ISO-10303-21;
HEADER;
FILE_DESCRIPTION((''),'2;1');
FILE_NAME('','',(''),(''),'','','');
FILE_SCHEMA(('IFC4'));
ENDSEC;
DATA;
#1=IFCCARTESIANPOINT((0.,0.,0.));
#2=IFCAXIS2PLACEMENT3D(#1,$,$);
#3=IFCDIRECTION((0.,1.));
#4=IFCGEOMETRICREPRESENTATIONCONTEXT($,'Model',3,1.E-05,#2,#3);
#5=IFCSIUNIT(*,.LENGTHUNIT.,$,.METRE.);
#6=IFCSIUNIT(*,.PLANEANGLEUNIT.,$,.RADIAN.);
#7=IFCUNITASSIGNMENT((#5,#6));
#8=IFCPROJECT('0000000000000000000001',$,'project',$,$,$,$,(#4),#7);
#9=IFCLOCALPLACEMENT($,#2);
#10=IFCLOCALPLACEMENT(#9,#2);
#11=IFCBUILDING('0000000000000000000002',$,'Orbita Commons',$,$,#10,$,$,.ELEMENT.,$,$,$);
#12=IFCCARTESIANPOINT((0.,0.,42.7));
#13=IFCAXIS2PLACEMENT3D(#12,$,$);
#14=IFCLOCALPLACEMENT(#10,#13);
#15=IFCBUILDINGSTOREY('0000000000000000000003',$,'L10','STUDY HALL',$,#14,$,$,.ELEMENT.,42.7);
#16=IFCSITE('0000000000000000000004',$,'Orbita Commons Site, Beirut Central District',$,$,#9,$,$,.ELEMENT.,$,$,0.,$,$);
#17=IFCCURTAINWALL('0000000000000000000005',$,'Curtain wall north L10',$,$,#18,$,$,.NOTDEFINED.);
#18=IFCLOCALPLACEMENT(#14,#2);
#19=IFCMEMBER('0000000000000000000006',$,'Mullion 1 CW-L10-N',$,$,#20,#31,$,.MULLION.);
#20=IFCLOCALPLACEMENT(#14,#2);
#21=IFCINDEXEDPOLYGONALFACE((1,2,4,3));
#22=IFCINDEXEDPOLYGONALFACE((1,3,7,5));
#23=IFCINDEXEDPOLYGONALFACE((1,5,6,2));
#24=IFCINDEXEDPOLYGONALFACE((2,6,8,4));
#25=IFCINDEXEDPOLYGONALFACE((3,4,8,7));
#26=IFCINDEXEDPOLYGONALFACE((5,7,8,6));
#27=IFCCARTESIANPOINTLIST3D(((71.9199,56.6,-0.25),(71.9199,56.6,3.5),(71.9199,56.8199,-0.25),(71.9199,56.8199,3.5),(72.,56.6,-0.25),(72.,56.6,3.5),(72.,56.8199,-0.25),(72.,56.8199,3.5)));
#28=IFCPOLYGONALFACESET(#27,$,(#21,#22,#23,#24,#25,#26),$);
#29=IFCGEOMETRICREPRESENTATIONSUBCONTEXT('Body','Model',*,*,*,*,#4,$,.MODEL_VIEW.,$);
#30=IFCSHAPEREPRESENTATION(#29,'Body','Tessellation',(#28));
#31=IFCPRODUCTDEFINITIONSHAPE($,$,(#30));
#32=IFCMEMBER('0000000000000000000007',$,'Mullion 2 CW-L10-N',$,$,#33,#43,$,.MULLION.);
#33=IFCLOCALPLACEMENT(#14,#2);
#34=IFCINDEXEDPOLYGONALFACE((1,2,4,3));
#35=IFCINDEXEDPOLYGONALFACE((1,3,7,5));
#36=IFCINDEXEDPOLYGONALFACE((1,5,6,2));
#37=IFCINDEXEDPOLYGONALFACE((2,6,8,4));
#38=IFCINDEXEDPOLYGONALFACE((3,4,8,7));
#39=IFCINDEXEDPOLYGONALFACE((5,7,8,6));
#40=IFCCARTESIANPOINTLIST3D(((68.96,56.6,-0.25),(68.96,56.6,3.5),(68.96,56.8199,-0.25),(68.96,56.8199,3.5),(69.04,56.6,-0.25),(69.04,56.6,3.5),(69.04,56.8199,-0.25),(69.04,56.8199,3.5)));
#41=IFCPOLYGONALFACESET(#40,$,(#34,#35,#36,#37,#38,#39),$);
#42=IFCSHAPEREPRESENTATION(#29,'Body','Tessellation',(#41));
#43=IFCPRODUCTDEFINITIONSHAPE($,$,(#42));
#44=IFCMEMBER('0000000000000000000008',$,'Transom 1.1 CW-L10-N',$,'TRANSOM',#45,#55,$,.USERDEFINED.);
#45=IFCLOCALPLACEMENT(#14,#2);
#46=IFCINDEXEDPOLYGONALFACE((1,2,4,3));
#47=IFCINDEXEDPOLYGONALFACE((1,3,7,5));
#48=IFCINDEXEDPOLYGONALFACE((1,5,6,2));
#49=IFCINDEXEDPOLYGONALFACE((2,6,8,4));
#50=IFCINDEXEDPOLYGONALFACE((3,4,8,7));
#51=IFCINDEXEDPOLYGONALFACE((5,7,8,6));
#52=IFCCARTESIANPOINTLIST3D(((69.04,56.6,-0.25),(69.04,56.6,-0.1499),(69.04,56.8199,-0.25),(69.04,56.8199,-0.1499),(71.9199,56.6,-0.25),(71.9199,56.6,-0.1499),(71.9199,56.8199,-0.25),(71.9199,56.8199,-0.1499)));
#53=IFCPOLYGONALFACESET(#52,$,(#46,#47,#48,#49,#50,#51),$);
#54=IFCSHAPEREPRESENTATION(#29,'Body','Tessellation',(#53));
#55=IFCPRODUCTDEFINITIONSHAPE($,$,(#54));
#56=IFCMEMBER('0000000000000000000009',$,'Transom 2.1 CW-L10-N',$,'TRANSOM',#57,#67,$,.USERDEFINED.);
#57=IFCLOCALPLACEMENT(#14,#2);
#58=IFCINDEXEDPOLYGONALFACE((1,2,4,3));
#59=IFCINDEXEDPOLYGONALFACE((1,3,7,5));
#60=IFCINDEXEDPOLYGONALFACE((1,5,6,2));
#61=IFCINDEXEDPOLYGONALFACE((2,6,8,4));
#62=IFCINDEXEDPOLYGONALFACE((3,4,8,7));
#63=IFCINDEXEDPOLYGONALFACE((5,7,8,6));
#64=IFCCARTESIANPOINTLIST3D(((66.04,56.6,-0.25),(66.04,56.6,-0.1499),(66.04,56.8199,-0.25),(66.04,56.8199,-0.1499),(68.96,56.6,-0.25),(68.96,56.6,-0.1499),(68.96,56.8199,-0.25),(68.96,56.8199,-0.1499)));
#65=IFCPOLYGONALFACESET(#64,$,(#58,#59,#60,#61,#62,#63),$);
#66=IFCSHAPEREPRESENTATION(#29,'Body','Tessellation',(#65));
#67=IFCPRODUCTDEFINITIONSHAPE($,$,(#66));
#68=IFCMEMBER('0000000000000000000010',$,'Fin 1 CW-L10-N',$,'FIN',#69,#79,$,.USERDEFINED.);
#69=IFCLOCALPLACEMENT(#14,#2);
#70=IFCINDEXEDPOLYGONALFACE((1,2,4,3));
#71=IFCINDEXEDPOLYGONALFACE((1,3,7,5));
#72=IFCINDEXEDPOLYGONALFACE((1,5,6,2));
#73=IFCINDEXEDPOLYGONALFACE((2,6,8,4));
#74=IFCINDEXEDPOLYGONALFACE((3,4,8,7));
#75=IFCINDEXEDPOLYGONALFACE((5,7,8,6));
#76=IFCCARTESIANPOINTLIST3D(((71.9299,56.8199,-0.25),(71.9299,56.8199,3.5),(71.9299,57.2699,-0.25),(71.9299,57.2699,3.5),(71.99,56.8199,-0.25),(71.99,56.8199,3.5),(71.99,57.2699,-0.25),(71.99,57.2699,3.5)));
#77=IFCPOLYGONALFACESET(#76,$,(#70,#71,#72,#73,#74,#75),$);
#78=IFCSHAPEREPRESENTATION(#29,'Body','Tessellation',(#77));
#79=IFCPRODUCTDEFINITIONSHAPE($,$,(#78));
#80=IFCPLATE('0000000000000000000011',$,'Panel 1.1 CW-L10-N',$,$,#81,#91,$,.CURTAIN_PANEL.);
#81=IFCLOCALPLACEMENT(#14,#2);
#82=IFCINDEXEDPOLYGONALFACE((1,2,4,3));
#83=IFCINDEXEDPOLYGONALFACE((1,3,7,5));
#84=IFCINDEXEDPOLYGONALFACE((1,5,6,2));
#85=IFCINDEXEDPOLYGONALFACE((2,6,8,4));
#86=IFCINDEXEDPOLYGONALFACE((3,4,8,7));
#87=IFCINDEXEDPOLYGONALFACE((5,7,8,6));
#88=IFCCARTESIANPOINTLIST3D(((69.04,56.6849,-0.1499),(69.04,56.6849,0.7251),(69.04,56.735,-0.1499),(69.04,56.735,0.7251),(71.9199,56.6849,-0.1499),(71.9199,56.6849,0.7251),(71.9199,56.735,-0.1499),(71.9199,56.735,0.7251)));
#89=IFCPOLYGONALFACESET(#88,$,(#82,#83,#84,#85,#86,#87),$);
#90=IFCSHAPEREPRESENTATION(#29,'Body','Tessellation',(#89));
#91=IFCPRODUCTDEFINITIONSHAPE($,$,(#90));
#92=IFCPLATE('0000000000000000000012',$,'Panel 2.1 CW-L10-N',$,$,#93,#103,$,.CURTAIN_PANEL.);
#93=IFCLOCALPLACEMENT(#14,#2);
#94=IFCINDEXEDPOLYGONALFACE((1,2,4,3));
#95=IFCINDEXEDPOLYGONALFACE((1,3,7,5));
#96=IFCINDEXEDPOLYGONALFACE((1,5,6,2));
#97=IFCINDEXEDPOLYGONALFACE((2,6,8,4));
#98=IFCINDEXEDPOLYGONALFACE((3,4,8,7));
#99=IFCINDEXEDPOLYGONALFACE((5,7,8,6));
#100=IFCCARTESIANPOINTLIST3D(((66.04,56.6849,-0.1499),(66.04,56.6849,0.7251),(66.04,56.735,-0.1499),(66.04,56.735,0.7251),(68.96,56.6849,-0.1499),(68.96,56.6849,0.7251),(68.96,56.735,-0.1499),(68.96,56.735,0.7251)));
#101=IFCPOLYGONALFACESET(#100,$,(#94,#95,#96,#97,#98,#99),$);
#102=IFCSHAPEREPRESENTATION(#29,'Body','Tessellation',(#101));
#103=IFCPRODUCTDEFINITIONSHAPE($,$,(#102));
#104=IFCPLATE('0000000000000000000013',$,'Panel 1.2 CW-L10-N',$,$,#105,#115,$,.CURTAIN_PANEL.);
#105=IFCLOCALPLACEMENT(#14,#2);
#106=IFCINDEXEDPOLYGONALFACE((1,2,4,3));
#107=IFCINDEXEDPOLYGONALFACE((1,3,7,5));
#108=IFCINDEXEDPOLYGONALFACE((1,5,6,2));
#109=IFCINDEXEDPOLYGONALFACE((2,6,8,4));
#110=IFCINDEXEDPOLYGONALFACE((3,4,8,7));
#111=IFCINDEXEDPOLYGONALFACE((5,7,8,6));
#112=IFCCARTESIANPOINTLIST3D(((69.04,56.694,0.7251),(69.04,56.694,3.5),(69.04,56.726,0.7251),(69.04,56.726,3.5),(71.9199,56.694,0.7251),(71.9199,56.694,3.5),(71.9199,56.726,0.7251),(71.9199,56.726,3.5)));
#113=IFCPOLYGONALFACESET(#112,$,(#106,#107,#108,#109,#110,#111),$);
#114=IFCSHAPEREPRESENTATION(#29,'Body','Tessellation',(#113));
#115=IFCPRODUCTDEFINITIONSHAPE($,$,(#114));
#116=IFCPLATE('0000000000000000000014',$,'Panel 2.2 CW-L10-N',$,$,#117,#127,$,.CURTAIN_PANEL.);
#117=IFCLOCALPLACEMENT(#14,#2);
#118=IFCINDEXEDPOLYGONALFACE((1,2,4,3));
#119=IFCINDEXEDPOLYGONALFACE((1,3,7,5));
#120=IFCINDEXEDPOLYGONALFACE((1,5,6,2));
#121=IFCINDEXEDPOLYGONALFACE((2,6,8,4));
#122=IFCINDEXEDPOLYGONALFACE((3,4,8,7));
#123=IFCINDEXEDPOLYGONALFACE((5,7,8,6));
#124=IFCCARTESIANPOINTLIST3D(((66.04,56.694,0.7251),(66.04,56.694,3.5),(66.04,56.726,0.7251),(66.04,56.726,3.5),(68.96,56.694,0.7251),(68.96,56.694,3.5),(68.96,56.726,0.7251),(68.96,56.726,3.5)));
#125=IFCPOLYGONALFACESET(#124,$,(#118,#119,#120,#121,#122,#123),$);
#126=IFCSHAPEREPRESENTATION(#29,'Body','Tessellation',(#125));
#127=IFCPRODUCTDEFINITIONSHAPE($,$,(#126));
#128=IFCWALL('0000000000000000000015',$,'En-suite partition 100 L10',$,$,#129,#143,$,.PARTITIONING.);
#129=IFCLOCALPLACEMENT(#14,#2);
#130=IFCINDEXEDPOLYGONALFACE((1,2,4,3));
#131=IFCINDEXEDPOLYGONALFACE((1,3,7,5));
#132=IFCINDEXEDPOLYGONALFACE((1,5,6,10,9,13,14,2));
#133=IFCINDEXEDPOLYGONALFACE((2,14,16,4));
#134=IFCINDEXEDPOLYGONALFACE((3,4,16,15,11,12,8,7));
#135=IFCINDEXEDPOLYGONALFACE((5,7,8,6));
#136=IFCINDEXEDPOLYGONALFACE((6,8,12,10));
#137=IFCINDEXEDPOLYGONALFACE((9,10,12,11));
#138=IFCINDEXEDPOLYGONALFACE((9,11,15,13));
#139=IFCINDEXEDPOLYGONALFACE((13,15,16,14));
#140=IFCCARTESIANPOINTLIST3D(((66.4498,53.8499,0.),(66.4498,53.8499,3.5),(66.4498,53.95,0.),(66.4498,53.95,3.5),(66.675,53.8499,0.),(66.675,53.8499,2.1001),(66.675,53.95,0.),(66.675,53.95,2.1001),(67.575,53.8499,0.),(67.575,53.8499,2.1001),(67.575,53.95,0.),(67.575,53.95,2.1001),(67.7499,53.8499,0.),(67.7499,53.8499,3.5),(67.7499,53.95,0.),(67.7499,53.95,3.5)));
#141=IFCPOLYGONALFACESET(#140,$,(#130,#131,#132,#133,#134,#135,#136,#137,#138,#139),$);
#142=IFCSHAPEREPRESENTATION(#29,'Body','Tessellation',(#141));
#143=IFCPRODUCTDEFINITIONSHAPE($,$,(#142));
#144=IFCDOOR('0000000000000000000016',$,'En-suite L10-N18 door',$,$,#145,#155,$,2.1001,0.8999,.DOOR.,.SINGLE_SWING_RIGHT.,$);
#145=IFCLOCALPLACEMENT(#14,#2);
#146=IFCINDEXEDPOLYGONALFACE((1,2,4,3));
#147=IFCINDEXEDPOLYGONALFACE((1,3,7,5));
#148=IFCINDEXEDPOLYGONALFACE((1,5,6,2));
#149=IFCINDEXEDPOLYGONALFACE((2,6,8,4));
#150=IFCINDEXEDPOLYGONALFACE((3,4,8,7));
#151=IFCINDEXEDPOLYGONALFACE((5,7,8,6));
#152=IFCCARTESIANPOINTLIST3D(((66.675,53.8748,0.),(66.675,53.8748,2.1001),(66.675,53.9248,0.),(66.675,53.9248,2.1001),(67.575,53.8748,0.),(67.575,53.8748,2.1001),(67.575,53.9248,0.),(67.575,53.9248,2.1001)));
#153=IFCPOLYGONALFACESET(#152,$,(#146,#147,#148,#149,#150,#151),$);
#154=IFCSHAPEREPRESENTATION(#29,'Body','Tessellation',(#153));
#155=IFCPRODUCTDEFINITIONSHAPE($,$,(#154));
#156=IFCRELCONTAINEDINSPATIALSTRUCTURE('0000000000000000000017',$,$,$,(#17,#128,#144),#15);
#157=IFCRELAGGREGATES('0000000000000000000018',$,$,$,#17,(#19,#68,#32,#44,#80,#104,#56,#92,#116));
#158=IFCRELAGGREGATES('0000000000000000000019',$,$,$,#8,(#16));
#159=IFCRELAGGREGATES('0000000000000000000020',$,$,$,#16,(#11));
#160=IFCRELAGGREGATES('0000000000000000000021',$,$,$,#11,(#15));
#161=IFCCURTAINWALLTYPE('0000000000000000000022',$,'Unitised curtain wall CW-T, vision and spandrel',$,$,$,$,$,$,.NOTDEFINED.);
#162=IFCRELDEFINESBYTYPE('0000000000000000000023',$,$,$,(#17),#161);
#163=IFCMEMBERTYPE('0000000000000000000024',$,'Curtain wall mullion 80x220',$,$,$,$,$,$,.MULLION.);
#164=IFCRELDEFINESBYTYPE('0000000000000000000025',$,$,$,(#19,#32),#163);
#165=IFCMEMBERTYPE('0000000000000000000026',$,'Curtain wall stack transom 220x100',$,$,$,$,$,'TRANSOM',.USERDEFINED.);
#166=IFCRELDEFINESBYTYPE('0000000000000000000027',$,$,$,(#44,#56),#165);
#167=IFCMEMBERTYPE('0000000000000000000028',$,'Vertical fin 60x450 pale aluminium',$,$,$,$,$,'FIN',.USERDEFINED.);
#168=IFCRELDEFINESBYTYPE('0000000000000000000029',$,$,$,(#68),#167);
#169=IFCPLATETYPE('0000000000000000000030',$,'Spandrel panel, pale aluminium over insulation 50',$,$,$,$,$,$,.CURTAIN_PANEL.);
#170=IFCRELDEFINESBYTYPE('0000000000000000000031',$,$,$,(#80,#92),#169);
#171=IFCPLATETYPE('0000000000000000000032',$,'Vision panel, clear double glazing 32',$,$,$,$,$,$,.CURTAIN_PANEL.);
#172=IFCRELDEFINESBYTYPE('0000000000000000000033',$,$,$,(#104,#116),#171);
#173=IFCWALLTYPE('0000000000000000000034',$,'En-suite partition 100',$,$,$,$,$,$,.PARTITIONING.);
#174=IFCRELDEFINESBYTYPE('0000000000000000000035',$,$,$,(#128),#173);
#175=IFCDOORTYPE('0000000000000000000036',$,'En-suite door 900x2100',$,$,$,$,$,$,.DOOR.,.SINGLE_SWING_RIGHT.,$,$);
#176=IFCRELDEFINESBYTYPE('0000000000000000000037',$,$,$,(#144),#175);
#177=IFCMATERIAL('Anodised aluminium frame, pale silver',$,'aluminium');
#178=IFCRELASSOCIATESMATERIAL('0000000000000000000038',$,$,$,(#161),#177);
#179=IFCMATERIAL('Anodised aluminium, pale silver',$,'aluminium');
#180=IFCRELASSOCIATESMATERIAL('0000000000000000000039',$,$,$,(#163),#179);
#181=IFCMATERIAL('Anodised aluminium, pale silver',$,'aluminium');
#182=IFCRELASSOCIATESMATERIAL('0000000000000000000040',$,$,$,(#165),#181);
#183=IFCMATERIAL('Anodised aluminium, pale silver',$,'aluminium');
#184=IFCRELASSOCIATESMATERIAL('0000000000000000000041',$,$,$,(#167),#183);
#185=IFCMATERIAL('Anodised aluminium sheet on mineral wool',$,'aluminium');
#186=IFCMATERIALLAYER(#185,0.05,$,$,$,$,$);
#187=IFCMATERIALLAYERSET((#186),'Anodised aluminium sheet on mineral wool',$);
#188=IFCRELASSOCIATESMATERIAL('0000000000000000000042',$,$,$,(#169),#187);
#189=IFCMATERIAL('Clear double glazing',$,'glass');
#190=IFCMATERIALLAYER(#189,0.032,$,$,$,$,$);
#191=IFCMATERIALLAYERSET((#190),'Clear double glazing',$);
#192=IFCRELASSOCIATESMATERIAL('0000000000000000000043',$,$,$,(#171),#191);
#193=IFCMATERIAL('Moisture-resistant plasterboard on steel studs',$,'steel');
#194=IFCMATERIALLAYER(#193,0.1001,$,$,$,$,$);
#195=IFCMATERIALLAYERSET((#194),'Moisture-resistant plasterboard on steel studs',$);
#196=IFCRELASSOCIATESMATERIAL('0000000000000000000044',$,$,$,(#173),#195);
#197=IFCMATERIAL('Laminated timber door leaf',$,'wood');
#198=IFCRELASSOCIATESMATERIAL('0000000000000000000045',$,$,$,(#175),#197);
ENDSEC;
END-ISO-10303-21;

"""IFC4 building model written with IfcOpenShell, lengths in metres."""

from ifc_helpers import new_model, si_unit, direction, frame, frame_2d, origin, origin_2d, place, context, subcontext, project, spatial, rectangle, extrude, material, layer, layer_set, material_profile, profile_set, type_object, element, fill, aggregate, save


model = new_model("IFC4")

# Units and contexts
model_context = context("Model", 3, precision=1e-05, world=origin(), true_north=direction((0.0, 1.0)))
body_context = subcontext(model_context, "Body", "Model", "MODEL_VIEW")
ifc_project = project(units=[si_unit("LENGTHUNIT", "METRE"), si_unit("PLANEANGLEUNIT", "RADIAN")], contexts=[model_context])

# Site, building, storey
site_placement = place(None, origin())
site = spatial("IfcSite", under=ifc_project, at=site_placement, Name="Orbita Commons Site, Beirut Central District", CompositionType="ELEMENT", RefElevation=0.0)
building_placement = place(site_placement, origin())
building = spatial("IfcBuilding", under=site, at=building_placement, Name="Orbita Commons", CompositionType="ELEMENT")
storey_placement = place(building_placement, frame((0.0, 0.0, 42.7)))
storey = spatial("IfcBuildingStorey", under=building, at=storey_placement, Name="L10", Description="STUDY HALL", CompositionType="ELEMENT", Elevation=42.7)

# Curtain wall, members, plates
ifc_material_1 = material(Name="Anodised aluminium frame, pale silver", Category="aluminium")
curtain_wall_type = type_object("IfcCurtainWallType", Name="Unitised curtain wall CW-T, vision and spandrel", PredefinedType="NOTDEFINED", material=ifc_material_1)
curtain_wall_placement = place(storey_placement, origin())
curtain_wall = element("IfcCurtainWall", 1, at=curtain_wall_placement, inside=storey, type_object=curtain_wall_type, Name="Curtain wall north L10", PredefinedType="NOTDEFINED")
ifc_material_2 = material(Name="Anodised aluminium, pale silver", Category="aluminium")
ifc_material_profile_1 = material_profile(ifc_material_2, rectangle(XDim=0.0801, YDim=0.22, at=origin_2d()), Name="AL 80x220")
ifc_profile_set_1 = profile_set([ifc_material_profile_1], Name="Anodised aluminium, pale silver")
member_type_1 = type_object("IfcMemberType", Name="Curtain wall mullion 80x220", PredefinedType="MULLION", material=ifc_profile_set_1)
member_1_placement = place(storey_placement, frame((71.96, 56.71, -0.25), z_axis=(0.0, 0.0, 1.0), x_axis=(-1.0, 0.0, 0.0)))
member_1 = element("IfcMember", 2, at=member_1_placement, type_object=member_type_1, Name="Mullion 1 CW-L10-N", PredefinedType="MULLION", context=body_context, shape_type="SweptSolid", body=[
    extrude(rectangle(XDim=0.0801, YDim=0.22, at=origin_2d()), origin(), (0.0, 0.0, 1.0), 3.75),
])
member_2_placement = place(storey_placement, frame((69.0, 56.71, -0.25), z_axis=(0.0, 0.0, 1.0), x_axis=(-1.0, 0.0, 0.0)))
member_2 = element("IfcMember", 3, at=member_2_placement, type_object=member_type_1, Name="Mullion 2 CW-L10-N", PredefinedType="MULLION", context=body_context, shape_type="SweptSolid", body=[
    extrude(rectangle(XDim=0.0801, YDim=0.22, at=origin_2d()), origin(), (0.0, 0.0, 1.0), 3.75),
])
ifc_material_3 = material(Name="Anodised aluminium, pale silver", Category="aluminium")
ifc_material_profile_2 = material_profile(ifc_material_3, rectangle(XDim=0.22, YDim=0.1001, at=origin_2d()), Name="AL 220x100")
ifc_profile_set_2 = profile_set([ifc_material_profile_2], Name="Anodised aluminium, pale silver")
member_type_2 = type_object("IfcMemberType", Name="Curtain wall stack transom 220x100", ElementType="TRANSOM", PredefinedType="USERDEFINED", material=ifc_profile_set_2)
member_3_placement = place(storey_placement, frame((71.9199, 56.71, -0.2), z_axis=(-1.0, 0.0, 0.0), x_axis=(0.0, -1.0, 0.0)))
member_3 = element("IfcMember", 4, at=member_3_placement, type_object=member_type_2, Name="Transom 1.1 CW-L10-N", ObjectType="TRANSOM", PredefinedType="USERDEFINED", context=body_context, shape_type="SweptSolid", body=[
    extrude(rectangle(XDim=0.22, YDim=0.1001, at=origin_2d()), origin(), (0.0, 0.0, 1.0), 2.8799),
])
member_4_placement = place(storey_placement, frame((68.96, 56.71, -0.2), z_axis=(-1.0, 0.0, 0.0), x_axis=(0.0, -1.0, 0.0)))
member_4 = element("IfcMember", 5, at=member_4_placement, type_object=member_type_2, Name="Transom 2.1 CW-L10-N", ObjectType="TRANSOM", PredefinedType="USERDEFINED", context=body_context, shape_type="SweptSolid", body=[
    extrude(rectangle(XDim=0.22, YDim=0.1001, at=origin_2d()), origin(), (0.0, 0.0, 1.0), 2.9199),
])
ifc_material_4 = material(Name="Anodised aluminium, pale silver", Category="aluminium")
ifc_material_profile_3 = material_profile(ifc_material_4, rectangle(XDim=0.0601, YDim=0.45, at=origin_2d()), Name="FIN 60x450")
ifc_profile_set_3 = profile_set([ifc_material_profile_3], Name="Anodised aluminium, pale silver")
member_type_3 = type_object("IfcMemberType", Name="Vertical fin 60x450 pale aluminium", ElementType="FIN", PredefinedType="USERDEFINED", material=ifc_profile_set_3)
member_5_placement = place(storey_placement, frame((71.96, 57.0449, -0.25), z_axis=(0.0, 0.0, 1.0), x_axis=(-1.0, 0.0, 0.0)))
member_5 = element("IfcMember", 6, at=member_5_placement, type_object=member_type_3, Name="Fin 1 CW-L10-N", ObjectType="FIN", PredefinedType="USERDEFINED", context=body_context, shape_type="SweptSolid", body=[
    extrude(rectangle(XDim=0.0601, YDim=0.45, at=origin_2d()), origin(), (0.0, 0.0, 1.0), 3.75),
])
ifc_material_5 = material(Name="Anodised aluminium sheet on mineral wool", Category="aluminium")
ifc_layer_1 = layer(ifc_material_5, 0.05)
ifc_layer_set_1 = layer_set([ifc_layer_1], Name="Anodised aluminium sheet on mineral wool")
plate_type_1 = type_object("IfcPlateType", Name="Spandrel panel, pale aluminium over insulation 50", PredefinedType="CURTAIN_PANEL", material=ifc_layer_set_1)
plate_1_placement = place(storey_placement, frame((70.48, 56.71, -0.1499), z_axis=(0.0, 0.0, 1.0), x_axis=(-1.0, 0.0, 0.0)))
plate_1 = element("IfcPlate", 7, at=plate_1_placement, type_object=plate_type_1, Name="Panel 1.1 CW-L10-N", PredefinedType="CURTAIN_PANEL", context=body_context, shape_type="SweptSolid", body=[
    extrude(rectangle(XDim=2.8799, YDim=0.05, at=origin_2d()), origin(), (0.0, 0.0, 1.0), 0.875),
])
plate_2_placement = place(storey_placement, frame((67.5, 56.71, -0.1499), z_axis=(0.0, 0.0, 1.0), x_axis=(-1.0, 0.0, 0.0)))
plate_2 = element("IfcPlate", 8, at=plate_2_placement, type_object=plate_type_1, Name="Panel 2.1 CW-L10-N", PredefinedType="CURTAIN_PANEL", context=body_context, shape_type="SweptSolid", body=[
    extrude(rectangle(XDim=2.9199, YDim=0.05, at=origin_2d()), origin(), (0.0, 0.0, 1.0), 0.875),
])
ifc_material_6 = material(Name="Clear double glazing", Category="glass")
ifc_layer_2 = layer(ifc_material_6, 0.032)
ifc_layer_set_2 = layer_set([ifc_layer_2], Name="Clear double glazing")
plate_type_2 = type_object("IfcPlateType", Name="Vision panel, clear double glazing 32", PredefinedType="CURTAIN_PANEL", material=ifc_layer_set_2)
plate_3_placement = place(storey_placement, frame((70.48, 56.71, 0.7251), z_axis=(0.0, 0.0, 1.0), x_axis=(-1.0, 0.0, 0.0)))
plate_3 = element("IfcPlate", 9, at=plate_3_placement, type_object=plate_type_2, Name="Panel 1.2 CW-L10-N", PredefinedType="CURTAIN_PANEL", context=body_context, shape_type="SweptSolid", body=[
    extrude(rectangle(XDim=2.8799, YDim=0.032, at=origin_2d()), origin(), (0.0, 0.0, 1.0), 2.7749),
])
plate_4_placement = place(storey_placement, frame((67.5, 56.71, 0.7251), z_axis=(0.0, 0.0, 1.0), x_axis=(-1.0, 0.0, 0.0)))
plate_4 = element("IfcPlate", 10, at=plate_4_placement, type_object=plate_type_2, Name="Panel 2.2 CW-L10-N", PredefinedType="CURTAIN_PANEL", context=body_context, shape_type="SweptSolid", body=[
    extrude(rectangle(XDim=2.9199, YDim=0.032, at=origin_2d()), origin(), (0.0, 0.0, 1.0), 2.7749),
])
aggregate(curtain_wall, [member_1, member_5, member_2, member_3, plate_1, plate_3, member_4, plate_2, plate_4])

# Wall, opening, door
ifc_material_7 = material(Name="Moisture-resistant plasterboard on steel studs", Category="steel")
ifc_layer_3 = layer(ifc_material_7, 0.1001)
ifc_layer_set_3 = layer_set([ifc_layer_3], Name="Moisture-resistant plasterboard on steel studs")
wall_type_1 = type_object("IfcWallType", Name="En-suite partition 100", PredefinedType="PARTITIONING", material=ifc_layer_set_3)
wall_1_placement = place(storey_placement, frame((66.45, 53.8999, 0.0), z_axis=(0.0, 0.0, 1.0), x_axis=(1.0, 0.0, 0.0)))
wall_1 = element("IfcWall", 11, at=wall_1_placement, inside=storey, type_object=wall_type_1, Name="En-suite partition 100 L10", PredefinedType="PARTITIONING", context=body_context, shape_type="SweptSolid", body=[
    extrude(rectangle(XDim=1.3, YDim=0.1001, at=frame_2d((0.6499, 0.0))), origin(), (0.0, 0.0, 1.0), 3.5),
])
opening_1_placement = place(wall_1_placement, frame((0.2251, 0.0, 0.0)))
opening_1 = element("IfcOpeningElement", 12, at=opening_1_placement, cuts=wall_1, PredefinedType="OPENING", context=body_context, shape_type="SweptSolid", body=[
    extrude(rectangle(XDim=0.8999, YDim=2.1001, at=frame_2d((0.45, 1.05))), frame((0.0, 0.0601, 0.0), z_axis=(0.0, -1.0, 0.0), x_axis=(1.0, 0.0, 0.0)), (0.0, 0.0, 1.0), 0.1201),
])
ifc_material_8 = material(Name="Laminated timber door leaf", Category="wood")
door_type = type_object("IfcDoorType", Name="En-suite door 900x2100", OperationType="SINGLE_SWING_RIGHT", PredefinedType="DOOR", material=ifc_material_8)
door_1_placement = place(opening_1_placement, origin())
door_1 = element("IfcDoor", 13, at=door_1_placement, inside=storey, type_object=door_type, Name="En-suite L10-N18 door", OperationType="SINGLE_SWING_RIGHT", OverallHeight=2.1001, OverallWidth=0.8999, PredefinedType="DOOR", context=body_context, shape_type="SweptSolid", body=[
    extrude(rectangle(XDim=0.8999, YDim=2.1001, at=frame_2d((0.45, 1.05))), frame((0.0, 0.0249, 0.0), z_axis=(0.0, -1.0, 0.0), x_axis=(1.0, 0.0, 0.0)), (0.0, 0.0, 1.0), 0.05),
])
fill(opening_1, door_1)

save(model, "model.ifc")
